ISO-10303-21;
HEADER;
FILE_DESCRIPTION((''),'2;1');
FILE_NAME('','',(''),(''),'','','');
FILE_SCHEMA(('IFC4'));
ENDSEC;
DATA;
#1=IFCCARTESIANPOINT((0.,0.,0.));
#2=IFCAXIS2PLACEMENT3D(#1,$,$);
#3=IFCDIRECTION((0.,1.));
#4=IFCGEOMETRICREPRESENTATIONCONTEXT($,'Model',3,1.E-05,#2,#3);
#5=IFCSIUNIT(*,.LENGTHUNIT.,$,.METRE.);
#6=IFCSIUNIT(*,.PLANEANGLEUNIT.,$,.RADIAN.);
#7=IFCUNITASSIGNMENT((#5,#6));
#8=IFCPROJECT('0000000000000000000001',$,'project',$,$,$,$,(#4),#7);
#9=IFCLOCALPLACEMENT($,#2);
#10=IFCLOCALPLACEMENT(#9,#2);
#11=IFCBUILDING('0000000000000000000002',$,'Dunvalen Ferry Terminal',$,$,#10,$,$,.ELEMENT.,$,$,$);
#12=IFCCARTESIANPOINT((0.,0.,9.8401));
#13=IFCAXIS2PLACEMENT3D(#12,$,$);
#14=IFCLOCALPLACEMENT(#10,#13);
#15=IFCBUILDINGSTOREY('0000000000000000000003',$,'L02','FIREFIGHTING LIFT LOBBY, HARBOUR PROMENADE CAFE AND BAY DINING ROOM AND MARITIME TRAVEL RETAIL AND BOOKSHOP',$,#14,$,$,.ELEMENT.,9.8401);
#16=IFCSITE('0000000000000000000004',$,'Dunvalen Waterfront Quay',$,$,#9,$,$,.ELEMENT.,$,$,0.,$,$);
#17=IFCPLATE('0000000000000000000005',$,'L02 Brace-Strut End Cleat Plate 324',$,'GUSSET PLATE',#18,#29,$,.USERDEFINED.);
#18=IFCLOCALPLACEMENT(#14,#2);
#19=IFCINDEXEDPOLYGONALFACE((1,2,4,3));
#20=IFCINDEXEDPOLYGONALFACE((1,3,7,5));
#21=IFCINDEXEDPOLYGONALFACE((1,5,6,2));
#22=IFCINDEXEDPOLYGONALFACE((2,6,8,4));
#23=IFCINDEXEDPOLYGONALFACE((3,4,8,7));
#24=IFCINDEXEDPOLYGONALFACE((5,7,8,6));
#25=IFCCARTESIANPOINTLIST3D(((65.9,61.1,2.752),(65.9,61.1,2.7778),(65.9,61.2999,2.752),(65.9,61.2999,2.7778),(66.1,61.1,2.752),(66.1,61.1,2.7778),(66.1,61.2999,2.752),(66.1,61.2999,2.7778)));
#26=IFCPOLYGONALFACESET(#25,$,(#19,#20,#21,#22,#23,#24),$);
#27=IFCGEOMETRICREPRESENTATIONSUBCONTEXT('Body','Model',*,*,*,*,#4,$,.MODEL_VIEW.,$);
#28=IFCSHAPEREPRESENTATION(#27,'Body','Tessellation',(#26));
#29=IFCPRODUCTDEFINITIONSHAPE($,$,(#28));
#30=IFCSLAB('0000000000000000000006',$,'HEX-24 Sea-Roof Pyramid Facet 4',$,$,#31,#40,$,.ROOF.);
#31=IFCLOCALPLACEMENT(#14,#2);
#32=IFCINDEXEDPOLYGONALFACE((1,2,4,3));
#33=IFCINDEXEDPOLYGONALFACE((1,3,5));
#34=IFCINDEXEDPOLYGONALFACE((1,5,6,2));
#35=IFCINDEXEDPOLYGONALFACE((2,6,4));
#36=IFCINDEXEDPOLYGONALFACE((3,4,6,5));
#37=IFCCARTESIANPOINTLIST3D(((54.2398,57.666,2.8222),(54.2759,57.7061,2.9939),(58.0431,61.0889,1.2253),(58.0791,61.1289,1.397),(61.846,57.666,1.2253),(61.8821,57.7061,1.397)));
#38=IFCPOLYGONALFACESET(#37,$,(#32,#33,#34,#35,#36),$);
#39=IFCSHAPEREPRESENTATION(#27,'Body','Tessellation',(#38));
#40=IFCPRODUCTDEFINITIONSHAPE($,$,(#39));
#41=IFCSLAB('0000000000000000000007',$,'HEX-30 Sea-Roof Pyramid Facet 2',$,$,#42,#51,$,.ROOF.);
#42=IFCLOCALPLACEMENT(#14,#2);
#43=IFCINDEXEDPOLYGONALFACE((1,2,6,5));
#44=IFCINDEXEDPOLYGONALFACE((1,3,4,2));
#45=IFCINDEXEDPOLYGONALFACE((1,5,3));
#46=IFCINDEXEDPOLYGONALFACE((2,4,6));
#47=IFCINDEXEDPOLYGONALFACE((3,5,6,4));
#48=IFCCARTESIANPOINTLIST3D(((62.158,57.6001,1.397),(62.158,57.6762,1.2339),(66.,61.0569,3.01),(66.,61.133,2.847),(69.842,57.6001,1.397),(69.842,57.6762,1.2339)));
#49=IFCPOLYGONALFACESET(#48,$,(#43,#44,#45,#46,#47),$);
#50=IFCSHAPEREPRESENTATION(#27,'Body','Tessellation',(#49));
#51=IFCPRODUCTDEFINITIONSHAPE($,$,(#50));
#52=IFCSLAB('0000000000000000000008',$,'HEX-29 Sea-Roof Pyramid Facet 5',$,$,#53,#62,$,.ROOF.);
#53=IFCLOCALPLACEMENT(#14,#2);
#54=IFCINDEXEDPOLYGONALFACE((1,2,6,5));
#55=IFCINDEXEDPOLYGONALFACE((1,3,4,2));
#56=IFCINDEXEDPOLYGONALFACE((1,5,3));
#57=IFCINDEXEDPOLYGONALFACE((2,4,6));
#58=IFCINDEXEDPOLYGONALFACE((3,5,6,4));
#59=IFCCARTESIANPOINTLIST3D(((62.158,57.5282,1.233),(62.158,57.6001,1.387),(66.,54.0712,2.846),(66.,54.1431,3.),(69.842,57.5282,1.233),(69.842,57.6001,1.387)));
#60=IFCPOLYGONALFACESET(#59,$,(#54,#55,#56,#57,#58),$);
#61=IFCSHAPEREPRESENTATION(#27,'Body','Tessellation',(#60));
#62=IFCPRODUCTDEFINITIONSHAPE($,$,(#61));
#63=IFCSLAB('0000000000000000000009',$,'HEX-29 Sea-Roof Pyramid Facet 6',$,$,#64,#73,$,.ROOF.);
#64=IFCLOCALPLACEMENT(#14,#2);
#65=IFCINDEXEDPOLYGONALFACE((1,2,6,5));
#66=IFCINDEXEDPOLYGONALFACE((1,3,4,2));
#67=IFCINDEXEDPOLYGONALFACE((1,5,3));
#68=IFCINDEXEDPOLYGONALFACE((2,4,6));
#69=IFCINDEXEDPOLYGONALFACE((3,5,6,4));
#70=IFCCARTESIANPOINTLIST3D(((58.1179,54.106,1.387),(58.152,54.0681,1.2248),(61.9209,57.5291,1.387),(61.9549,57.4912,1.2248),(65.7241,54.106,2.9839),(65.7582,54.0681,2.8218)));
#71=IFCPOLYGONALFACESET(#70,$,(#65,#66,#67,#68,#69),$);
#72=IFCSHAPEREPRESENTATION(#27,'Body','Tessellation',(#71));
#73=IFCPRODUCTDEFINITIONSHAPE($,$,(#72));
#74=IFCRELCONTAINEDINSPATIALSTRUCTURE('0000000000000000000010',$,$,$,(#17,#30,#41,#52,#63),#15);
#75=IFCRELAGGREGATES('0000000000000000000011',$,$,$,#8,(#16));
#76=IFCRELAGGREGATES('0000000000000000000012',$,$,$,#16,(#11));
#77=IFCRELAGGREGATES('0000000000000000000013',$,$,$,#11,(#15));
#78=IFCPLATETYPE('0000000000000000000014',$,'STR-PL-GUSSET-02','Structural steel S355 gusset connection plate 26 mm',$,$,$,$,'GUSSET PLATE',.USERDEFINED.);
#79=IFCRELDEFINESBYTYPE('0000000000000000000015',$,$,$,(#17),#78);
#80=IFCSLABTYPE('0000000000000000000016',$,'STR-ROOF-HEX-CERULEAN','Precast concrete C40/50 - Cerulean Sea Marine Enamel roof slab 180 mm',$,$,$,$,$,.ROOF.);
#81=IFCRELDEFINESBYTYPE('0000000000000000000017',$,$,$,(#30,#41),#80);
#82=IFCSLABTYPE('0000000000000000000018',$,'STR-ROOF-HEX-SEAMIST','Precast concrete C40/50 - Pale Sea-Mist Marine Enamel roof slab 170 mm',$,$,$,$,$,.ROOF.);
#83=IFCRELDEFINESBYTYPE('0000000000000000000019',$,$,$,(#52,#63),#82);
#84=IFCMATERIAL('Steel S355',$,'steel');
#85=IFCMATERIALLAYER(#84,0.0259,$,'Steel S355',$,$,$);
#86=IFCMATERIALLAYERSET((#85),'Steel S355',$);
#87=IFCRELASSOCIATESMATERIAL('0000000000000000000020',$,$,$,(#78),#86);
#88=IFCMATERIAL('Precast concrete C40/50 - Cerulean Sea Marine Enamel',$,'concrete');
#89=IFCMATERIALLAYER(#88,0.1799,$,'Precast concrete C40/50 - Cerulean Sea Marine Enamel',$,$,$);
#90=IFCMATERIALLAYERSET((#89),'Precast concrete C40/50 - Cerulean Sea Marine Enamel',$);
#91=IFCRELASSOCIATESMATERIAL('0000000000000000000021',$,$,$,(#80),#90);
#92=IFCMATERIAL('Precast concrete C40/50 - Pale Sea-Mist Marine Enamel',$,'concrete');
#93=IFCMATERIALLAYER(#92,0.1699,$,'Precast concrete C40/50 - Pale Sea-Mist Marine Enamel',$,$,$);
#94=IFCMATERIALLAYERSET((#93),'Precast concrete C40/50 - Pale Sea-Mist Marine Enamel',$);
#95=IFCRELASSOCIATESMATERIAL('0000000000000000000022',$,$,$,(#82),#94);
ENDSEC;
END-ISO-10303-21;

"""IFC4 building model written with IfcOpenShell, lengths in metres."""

from ifc_helpers import new_model, si_unit, direction, frame, origin, origin_2d, place, context, subcontext, project, spatial, polyline, rectangle, outline, extrude, material, layer, layer_set, type_object, element, save


model = new_model("IFC4")

# Units and contexts
model_context = context("Model", 3, precision=1e-05, world=origin(), true_north=direction((0.0, 1.0)))
body_context = subcontext(model_context, "Body", "Model", "MODEL_VIEW")
ifc_project = project(units=[si_unit("LENGTHUNIT", "METRE"), si_unit("PLANEANGLEUNIT", "RADIAN")], contexts=[model_context])

# Site, building, storey
site_placement = place(None, origin())
site = spatial("IfcSite", under=ifc_project, at=site_placement, Name="Dunvalen Waterfront Quay", CompositionType="ELEMENT", RefElevation=0.0)
building_placement = place(site_placement, origin())
building = spatial("IfcBuilding", under=site, at=building_placement, Name="Dunvalen Ferry Terminal", CompositionType="ELEMENT")
storey_placement = place(building_placement, frame((0.0, 0.0, 9.8401)))
storey = spatial("IfcBuildingStorey", under=building, at=storey_placement, Name="L02", Description="FIREFIGHTING LIFT LOBBY, HARBOUR PROMENADE CAFE AND BAY DINING ROOM AND MARITIME TRAVEL RETAIL AND BOOKSHOP", CompositionType="ELEMENT", Elevation=9.8401)

# Shared definitions
ifc_material_1 = material(Name="Steel S355", Category="steel")

# Plate
ifc_layer_1 = layer(ifc_material_1, 0.0259, Name="Steel S355")
ifc_layer_set_1 = layer_set([ifc_layer_1], Name="Steel S355")
plate_type_1 = type_object("IfcPlateType", Name="STR-PL-GUSSET-02", Description="Structural steel S355 gusset connection plate 26 mm", ElementType="GUSSET PLATE", PredefinedType="USERDEFINED", material=ifc_layer_set_1)
for number, where, z_axis, x_axis, name in (
    (1, (66.0, 61.2, 2.752), (0.0, 0.0, 1.0), (1.0, 0.0, 0.0), "L02 Brace-Strut End Cleat Plate 324"),
):
    element("IfcPlate", number, at=place(storey_placement, frame(where, z_axis=z_axis, x_axis=x_axis)), inside=storey, type_object=plate_type_1, Name=name, ObjectType="GUSSET PLATE", PredefinedType="USERDEFINED", context=body_context, shape_type="SweptSolid", body=[
        extrude(rectangle(XDim=0.2, YDim=0.2, at=origin_2d()), origin(), (0.0, 0.0, 1.0), 0.0259),
    ])

# Slabs
ifc_material_2 = material(Name="Precast concrete C40/50 - Cerulean Sea Marine Enamel", Category="concrete")
ifc_layer_2 = layer(ifc_material_2, 0.1799, Name="Precast concrete C40/50 - Cerulean Sea Marine Enamel")
ifc_layer_set_2 = layer_set([ifc_layer_2], Name="Precast concrete C40/50 - Cerulean Sea Marine Enamel")
slab_type_1 = type_object("IfcSlabType", Name="STR-ROOF-HEX-CERULEAN", Description="Precast concrete C40/50 - Cerulean Sea Marine Enamel roof slab 180 mm", PredefinedType="ROOF", material=ifc_layer_set_2)
slab_1_placement = place(storey_placement, frame((61.8821, 57.7061, 1.397), z_axis=(0.200317, 0.222563, 0.954117), x_axis=(-0.743278, 0.668983, 0.0)))
element("IfcSlab", 2, at=slab_1_placement, inside=storey, type_object=slab_type_1, Name="HEX-24 Sea-Roof Pyramid Facet 4", PredefinedType="ROOF", context=body_context, shape_type="SweptSolid", body=[
    extrude(outline(polyline([(0.0, 0.0), (5.1165, 0.0), (5.6535, 5.3331), (0.0, 0.0)])), origin(), (0.0, 0.0, -1.0), 0.1799),
])
slab_2_placement = place(storey_placement, frame((62.158, 57.6001, 1.397), z_axis=(0.0, -0.422857, 0.906196), x_axis=(1.0, 0.0, 0.0)))
element("IfcSlab", 3, at=slab_2_placement, inside=storey, type_object=slab_type_1, Name="HEX-30 Sea-Roof Pyramid Facet 2", PredefinedType="ROOF", context=body_context, shape_type="SweptSolid", body=[
    extrude(outline(polyline([(0.0, 0.0), (7.6841, 0.0), (3.842, 3.8146), (0.0, 0.0)])), origin(), (0.0, 0.0, -1.0), 0.1799),
])
ifc_material_3 = material(Name="Precast concrete C40/50 - Pale Sea-Mist Marine Enamel", Category="concrete")
ifc_layer_3 = layer(ifc_material_3, 0.1699, Name="Precast concrete C40/50 - Pale Sea-Mist Marine Enamel")
ifc_layer_set_3 = layer_set([ifc_layer_3], Name="Precast concrete C40/50 - Pale Sea-Mist Marine Enamel")
slab_type_2 = type_object("IfcSlabType", Name="STR-ROOF-HEX-SEAMIST", Description="Precast concrete C40/50 - Pale Sea-Mist Marine Enamel roof slab 170 mm", PredefinedType="ROOF", material=ifc_layer_set_3)
slab_3_placement = place(storey_placement, frame((69.842, 57.6001, 1.387), z_axis=(0.0, 0.422833, 0.906208), x_axis=(-1.0, 0.0, 0.0)))
element("IfcSlab", 4, at=slab_3_placement, inside=storey, type_object=slab_type_2, Name="HEX-29 Sea-Roof Pyramid Facet 5", PredefinedType="ROOF", context=body_context, shape_type="SweptSolid", body=[
    extrude(outline(polyline([(0.0, 0.0), (7.6841, 0.0), (3.842, 3.8148), (0.0, 0.0)])), origin(), (0.0, 0.0, -1.0), 0.1699),
])
slab_4_placement = place(storey_placement, frame((61.9209, 57.5291, 1.387), z_axis=(-0.200318, 0.222548, 0.95412), x_axis=(-0.743254, -0.66901, 0.0)))
element("IfcSlab", 5, at=slab_4_placement, inside=storey, type_object=slab_type_2, Name="HEX-29 Sea-Roof Pyramid Facet 6", PredefinedType="ROOF", context=body_context, shape_type="SweptSolid", body=[
    extrude(outline(polyline([(0.0, 0.0), (5.1167, 0.0), (-0.5367, 5.3333), (0.0, 0.0)])), origin(), (0.0, 0.0, -1.0), 0.1699),
])

save(model, "model.ifc")
